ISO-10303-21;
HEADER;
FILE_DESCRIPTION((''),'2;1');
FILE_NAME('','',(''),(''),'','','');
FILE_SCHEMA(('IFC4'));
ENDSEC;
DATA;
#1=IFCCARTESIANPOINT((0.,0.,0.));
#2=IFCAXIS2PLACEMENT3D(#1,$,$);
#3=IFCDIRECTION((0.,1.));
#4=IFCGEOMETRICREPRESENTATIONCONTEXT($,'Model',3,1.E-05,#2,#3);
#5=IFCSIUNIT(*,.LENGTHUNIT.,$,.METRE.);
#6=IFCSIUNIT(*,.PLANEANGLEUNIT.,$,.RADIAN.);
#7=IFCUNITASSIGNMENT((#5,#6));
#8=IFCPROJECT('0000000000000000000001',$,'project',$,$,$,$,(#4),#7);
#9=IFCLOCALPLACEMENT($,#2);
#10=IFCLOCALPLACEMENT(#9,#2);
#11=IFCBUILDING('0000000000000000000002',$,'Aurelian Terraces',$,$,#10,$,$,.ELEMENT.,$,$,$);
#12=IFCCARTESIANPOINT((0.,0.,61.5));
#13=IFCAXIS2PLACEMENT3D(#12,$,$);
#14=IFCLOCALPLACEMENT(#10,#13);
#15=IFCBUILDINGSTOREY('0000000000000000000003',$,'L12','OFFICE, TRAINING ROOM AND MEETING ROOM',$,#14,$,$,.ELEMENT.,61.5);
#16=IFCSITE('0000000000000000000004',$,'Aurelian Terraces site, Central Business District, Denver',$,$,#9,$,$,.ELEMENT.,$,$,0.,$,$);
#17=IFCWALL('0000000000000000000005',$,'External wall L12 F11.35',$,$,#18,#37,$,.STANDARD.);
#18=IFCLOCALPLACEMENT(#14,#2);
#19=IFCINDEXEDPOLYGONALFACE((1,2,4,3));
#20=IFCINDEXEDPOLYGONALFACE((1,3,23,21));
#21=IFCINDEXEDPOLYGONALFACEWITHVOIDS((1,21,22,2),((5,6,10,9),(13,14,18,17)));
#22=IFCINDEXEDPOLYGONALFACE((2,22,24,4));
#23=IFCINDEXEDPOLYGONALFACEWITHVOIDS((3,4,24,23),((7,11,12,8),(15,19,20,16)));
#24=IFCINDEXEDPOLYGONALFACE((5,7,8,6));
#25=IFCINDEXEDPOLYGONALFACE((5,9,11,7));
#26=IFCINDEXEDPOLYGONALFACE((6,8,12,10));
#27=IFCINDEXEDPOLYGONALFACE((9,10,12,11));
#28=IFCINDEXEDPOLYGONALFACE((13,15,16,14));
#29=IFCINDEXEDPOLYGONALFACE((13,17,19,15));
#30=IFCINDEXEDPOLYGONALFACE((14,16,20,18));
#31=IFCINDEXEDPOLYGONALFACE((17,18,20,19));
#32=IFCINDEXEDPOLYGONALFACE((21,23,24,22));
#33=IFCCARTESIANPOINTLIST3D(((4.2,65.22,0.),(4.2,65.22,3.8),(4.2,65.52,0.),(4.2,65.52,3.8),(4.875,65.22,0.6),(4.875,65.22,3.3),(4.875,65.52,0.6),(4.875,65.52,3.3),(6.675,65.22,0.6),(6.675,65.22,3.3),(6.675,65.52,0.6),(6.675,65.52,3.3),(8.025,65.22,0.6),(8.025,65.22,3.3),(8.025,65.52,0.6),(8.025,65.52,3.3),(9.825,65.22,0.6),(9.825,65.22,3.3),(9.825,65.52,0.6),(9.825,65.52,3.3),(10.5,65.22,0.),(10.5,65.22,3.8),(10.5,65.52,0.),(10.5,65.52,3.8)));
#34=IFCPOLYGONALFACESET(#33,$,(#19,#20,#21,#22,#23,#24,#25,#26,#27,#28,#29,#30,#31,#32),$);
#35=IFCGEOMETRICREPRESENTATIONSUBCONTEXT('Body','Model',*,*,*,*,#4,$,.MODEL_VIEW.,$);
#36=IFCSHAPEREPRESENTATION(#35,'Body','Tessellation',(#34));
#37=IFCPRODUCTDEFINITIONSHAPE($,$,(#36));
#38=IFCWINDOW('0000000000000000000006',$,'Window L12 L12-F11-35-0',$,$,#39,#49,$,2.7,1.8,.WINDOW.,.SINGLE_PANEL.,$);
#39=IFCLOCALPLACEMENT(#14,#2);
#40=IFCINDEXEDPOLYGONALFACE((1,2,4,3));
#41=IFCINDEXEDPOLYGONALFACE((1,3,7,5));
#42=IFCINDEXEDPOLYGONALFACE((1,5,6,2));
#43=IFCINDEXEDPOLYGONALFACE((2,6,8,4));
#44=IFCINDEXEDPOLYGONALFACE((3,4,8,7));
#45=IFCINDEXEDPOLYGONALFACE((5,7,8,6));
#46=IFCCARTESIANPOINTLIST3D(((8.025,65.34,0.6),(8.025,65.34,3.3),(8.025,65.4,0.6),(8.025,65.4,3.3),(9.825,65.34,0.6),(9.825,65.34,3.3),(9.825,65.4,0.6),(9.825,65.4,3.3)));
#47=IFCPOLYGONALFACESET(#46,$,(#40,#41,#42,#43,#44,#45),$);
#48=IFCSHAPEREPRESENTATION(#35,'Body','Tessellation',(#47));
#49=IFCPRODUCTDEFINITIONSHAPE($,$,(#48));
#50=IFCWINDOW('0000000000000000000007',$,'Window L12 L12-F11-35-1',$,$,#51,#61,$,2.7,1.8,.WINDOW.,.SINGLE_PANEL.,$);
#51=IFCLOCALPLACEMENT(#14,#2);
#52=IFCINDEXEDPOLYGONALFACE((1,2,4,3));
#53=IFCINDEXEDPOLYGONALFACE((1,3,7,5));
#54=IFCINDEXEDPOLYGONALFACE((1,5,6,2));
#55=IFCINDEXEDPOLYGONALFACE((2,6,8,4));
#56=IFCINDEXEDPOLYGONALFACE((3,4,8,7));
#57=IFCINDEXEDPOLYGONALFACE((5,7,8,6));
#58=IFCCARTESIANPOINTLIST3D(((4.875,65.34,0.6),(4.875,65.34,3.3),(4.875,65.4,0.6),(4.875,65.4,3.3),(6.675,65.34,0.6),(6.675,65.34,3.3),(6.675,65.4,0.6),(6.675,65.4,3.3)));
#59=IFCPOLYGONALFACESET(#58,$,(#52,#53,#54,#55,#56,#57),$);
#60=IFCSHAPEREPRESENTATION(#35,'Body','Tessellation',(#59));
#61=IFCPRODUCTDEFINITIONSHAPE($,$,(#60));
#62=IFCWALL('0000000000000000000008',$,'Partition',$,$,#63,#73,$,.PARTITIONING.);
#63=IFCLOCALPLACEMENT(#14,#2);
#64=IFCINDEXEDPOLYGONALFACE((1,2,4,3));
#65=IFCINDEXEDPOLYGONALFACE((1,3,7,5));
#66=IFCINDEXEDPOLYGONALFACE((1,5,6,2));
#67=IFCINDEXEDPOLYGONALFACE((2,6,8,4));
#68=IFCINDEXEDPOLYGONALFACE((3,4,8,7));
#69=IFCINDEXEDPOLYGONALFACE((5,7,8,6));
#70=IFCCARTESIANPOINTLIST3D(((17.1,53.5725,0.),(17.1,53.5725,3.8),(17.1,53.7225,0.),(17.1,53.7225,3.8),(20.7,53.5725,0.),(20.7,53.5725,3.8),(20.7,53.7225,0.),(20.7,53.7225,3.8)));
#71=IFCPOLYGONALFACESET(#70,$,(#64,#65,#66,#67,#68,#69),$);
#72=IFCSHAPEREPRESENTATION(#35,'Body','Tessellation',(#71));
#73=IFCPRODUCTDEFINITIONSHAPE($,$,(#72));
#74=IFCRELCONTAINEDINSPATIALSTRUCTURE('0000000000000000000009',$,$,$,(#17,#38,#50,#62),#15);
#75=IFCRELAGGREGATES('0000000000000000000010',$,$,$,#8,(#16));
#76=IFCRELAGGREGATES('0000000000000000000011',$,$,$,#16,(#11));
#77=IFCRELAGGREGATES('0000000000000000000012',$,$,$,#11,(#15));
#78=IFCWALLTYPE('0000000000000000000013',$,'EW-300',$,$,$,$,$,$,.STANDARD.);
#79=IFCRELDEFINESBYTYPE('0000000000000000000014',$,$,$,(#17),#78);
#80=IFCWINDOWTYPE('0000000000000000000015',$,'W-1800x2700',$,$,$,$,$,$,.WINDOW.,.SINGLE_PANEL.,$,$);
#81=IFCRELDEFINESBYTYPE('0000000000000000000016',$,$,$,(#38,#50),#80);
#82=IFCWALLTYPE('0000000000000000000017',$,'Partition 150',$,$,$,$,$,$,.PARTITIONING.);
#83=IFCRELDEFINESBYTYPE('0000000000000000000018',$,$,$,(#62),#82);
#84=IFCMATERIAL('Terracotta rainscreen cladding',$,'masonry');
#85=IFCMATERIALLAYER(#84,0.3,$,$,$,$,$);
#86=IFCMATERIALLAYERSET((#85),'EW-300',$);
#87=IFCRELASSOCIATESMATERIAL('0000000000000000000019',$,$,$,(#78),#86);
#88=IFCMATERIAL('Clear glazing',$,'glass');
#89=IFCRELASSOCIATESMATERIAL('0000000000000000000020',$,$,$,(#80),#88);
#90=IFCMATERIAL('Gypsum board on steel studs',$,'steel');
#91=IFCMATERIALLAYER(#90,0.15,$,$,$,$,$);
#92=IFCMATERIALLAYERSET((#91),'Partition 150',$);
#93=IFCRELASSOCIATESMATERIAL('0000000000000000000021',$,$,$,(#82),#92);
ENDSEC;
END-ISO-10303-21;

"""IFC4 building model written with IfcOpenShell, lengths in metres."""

from ifc_helpers import new_model, si_unit, direction, frame, frame_2d, origin, place, context, subcontext, project, spatial, rectangle, extrude, source, transform, mapped, material, layer, layer_set, type_object, element, fill, save


model = new_model("IFC4")

# Units and contexts
model_context = context("Model", 3, precision=1e-05, world=origin(), true_north=direction((0.0, 1.0)))
body_context = subcontext(model_context, "Body", "Model", "MODEL_VIEW")
ifc_project = project(units=[si_unit("LENGTHUNIT", "METRE"), si_unit("PLANEANGLEUNIT", "RADIAN")], contexts=[model_context])

# Site, building, storey
site_placement = place(None, origin())
site = spatial("IfcSite", under=ifc_project, at=site_placement, Name="Aurelian Terraces site, Central Business District, Denver", CompositionType="ELEMENT", RefElevation=0.0)
building_placement = place(site_placement, origin())
building = spatial("IfcBuilding", under=site, at=building_placement, Name="Aurelian Terraces", CompositionType="ELEMENT")
storey_placement = place(building_placement, frame((0.0, 0.0, 61.5)))
storey = spatial("IfcBuildingStorey", under=building, at=storey_placement, Name="L12", Description="OFFICE, TRAINING ROOM AND MEETING ROOM", CompositionType="ELEMENT", Elevation=61.5)

# Shared definitions
ifc_material_1 = material(Name="Terracotta rainscreen cladding", Category="masonry")
ifc_layer_1 = layer(ifc_material_1, 0.3)
ifc_layer_set_1 = layer_set([ifc_layer_1], Name="EW-300")
wall_type_1 = type_object("IfcWallType", Name="EW-300", PredefinedType="STANDARD", material=ifc_layer_set_1)

# Shared definitions
ifc_material_2 = material(Name="Clear glazing", Category="glass")

# Wall, openings, windows
shared_shape_1 = source(origin(), body_context, "Body", "SweptSolid", [
    extrude(rectangle(XDim=6.3, YDim=0.3, at=frame_2d((3.15, 0.0))), origin(), (0.0, 0.0, 1.0), 3.8),
])
wall_1_placement = place(storey_placement, frame((10.5, 65.37, 0.0), z_axis=(0.0, 0.0, 1.0), x_axis=(-1.0, 0.0, 0.0)))
wall_1 = element("IfcWall", 1, at=wall_1_placement, inside=storey, type_object=wall_type_1, Name="External wall L12 F11.35", PredefinedType="STANDARD", context=body_context, shape_type="MappedRepresentation", body=[
    mapped(shared_shape_1, transform((0.0, 0.0, 0.0), scale=1.0)),
])
shared_shape_2 = source(origin(), body_context, "Body", "SweptSolid", [
    extrude(rectangle(XDim=1.8, YDim=2.7, at=frame_2d((0.9, 1.35))), frame((0.0, 0.16, 0.0), z_axis=(0.0, -1.0, 0.0), x_axis=(1.0, 0.0, 0.0)), (0.0, 0.0, 1.0), 0.32),
])
opening_1_placement = place(wall_1_placement, frame((0.675, 0.0, 0.6)))
opening_1 = element("IfcOpeningElement", 2, at=opening_1_placement, cuts=wall_1, PredefinedType="OPENING", context=body_context, shape_type="MappedRepresentation", body=[
    mapped(shared_shape_2, transform((0.0, 0.0, 0.0), scale=1.0)),
])
opening_2_placement = place(wall_1_placement, frame((3.825, 0.0, 0.6)))
opening_2 = element("IfcOpeningElement", 3, at=opening_2_placement, cuts=wall_1, PredefinedType="OPENING", context=body_context, shape_type="MappedRepresentation", body=[
    mapped(shared_shape_2, transform((0.0, 0.0, 0.0), scale=1.0)),
])
window_type_1 = type_object("IfcWindowType", Name="W-1800x2700", PartitioningType="SINGLE_PANEL", PredefinedType="WINDOW", material=ifc_material_2)
shared_shape_3 = source(origin(), body_context, "Body", "SweptSolid", [
    extrude(rectangle(XDim=1.8, YDim=2.7, at=frame_2d((0.9, 1.35))), frame((0.0, 0.03, 0.0), z_axis=(0.0, -1.0, 0.0), x_axis=(1.0, 0.0, 0.0)), (0.0, 0.0, 1.0), 0.06),
])
window_1_placement = place(opening_1_placement, origin())
window_1 = element("IfcWindow", 4, at=window_1_placement, inside=storey, type_object=window_type_1, Name="Window L12 L12-F11-35-0", OverallHeight=2.7, OverallWidth=1.8, PartitioningType="SINGLE_PANEL", PredefinedType="WINDOW", context=body_context, shape_type="MappedRepresentation", body=[
    mapped(shared_shape_3, transform((0.0, 0.0, 0.0), scale=1.0)),
])
fill(opening_1, window_1)
window_2_placement = place(opening_2_placement, origin())
window_2 = element("IfcWindow", 5, at=window_2_placement, inside=storey, type_object=window_type_1, Name="Window L12 L12-F11-35-1", OverallHeight=2.7, OverallWidth=1.8, PartitioningType="SINGLE_PANEL", PredefinedType="WINDOW", context=body_context, shape_type="MappedRepresentation", body=[
    mapped(shared_shape_3, transform((0.0, 0.0, 0.0), scale=1.0)),
])
fill(opening_2, window_2)

# Wall
ifc_material_3 = material(Name="Gypsum board on steel studs", Category="steel")
ifc_layer_2 = layer(ifc_material_3, 0.15)
ifc_layer_set_2 = layer_set([ifc_layer_2], Name="Partition 150")
wall_type_2 = type_object("IfcWallType", Name="Partition 150", PredefinedType="PARTITIONING", material=ifc_layer_set_2)
shared_shape_4 = source(origin(), body_context, "Body", "SweptSolid", [
    extrude(rectangle(XDim=3.6, YDim=0.15, at=frame_2d((1.8, 0.0))), origin(), (0.0, 0.0, 1.0), 3.8),
])
wall_2_placement = place(storey_placement, frame((17.1, 53.6475, 0.0), z_axis=(0.0, 0.0, 1.0), x_axis=(1.0, 0.0, 0.0)))
element("IfcWall", 6, at=wall_2_placement, inside=storey, type_object=wall_type_2, Name="Partition", PredefinedType="PARTITIONING", context=body_context, shape_type="MappedRepresentation", body=[
    mapped(shared_shape_4, transform((0.0, 0.0, 0.0), scale=1.0)),
])

save(model, "model.ifc")
